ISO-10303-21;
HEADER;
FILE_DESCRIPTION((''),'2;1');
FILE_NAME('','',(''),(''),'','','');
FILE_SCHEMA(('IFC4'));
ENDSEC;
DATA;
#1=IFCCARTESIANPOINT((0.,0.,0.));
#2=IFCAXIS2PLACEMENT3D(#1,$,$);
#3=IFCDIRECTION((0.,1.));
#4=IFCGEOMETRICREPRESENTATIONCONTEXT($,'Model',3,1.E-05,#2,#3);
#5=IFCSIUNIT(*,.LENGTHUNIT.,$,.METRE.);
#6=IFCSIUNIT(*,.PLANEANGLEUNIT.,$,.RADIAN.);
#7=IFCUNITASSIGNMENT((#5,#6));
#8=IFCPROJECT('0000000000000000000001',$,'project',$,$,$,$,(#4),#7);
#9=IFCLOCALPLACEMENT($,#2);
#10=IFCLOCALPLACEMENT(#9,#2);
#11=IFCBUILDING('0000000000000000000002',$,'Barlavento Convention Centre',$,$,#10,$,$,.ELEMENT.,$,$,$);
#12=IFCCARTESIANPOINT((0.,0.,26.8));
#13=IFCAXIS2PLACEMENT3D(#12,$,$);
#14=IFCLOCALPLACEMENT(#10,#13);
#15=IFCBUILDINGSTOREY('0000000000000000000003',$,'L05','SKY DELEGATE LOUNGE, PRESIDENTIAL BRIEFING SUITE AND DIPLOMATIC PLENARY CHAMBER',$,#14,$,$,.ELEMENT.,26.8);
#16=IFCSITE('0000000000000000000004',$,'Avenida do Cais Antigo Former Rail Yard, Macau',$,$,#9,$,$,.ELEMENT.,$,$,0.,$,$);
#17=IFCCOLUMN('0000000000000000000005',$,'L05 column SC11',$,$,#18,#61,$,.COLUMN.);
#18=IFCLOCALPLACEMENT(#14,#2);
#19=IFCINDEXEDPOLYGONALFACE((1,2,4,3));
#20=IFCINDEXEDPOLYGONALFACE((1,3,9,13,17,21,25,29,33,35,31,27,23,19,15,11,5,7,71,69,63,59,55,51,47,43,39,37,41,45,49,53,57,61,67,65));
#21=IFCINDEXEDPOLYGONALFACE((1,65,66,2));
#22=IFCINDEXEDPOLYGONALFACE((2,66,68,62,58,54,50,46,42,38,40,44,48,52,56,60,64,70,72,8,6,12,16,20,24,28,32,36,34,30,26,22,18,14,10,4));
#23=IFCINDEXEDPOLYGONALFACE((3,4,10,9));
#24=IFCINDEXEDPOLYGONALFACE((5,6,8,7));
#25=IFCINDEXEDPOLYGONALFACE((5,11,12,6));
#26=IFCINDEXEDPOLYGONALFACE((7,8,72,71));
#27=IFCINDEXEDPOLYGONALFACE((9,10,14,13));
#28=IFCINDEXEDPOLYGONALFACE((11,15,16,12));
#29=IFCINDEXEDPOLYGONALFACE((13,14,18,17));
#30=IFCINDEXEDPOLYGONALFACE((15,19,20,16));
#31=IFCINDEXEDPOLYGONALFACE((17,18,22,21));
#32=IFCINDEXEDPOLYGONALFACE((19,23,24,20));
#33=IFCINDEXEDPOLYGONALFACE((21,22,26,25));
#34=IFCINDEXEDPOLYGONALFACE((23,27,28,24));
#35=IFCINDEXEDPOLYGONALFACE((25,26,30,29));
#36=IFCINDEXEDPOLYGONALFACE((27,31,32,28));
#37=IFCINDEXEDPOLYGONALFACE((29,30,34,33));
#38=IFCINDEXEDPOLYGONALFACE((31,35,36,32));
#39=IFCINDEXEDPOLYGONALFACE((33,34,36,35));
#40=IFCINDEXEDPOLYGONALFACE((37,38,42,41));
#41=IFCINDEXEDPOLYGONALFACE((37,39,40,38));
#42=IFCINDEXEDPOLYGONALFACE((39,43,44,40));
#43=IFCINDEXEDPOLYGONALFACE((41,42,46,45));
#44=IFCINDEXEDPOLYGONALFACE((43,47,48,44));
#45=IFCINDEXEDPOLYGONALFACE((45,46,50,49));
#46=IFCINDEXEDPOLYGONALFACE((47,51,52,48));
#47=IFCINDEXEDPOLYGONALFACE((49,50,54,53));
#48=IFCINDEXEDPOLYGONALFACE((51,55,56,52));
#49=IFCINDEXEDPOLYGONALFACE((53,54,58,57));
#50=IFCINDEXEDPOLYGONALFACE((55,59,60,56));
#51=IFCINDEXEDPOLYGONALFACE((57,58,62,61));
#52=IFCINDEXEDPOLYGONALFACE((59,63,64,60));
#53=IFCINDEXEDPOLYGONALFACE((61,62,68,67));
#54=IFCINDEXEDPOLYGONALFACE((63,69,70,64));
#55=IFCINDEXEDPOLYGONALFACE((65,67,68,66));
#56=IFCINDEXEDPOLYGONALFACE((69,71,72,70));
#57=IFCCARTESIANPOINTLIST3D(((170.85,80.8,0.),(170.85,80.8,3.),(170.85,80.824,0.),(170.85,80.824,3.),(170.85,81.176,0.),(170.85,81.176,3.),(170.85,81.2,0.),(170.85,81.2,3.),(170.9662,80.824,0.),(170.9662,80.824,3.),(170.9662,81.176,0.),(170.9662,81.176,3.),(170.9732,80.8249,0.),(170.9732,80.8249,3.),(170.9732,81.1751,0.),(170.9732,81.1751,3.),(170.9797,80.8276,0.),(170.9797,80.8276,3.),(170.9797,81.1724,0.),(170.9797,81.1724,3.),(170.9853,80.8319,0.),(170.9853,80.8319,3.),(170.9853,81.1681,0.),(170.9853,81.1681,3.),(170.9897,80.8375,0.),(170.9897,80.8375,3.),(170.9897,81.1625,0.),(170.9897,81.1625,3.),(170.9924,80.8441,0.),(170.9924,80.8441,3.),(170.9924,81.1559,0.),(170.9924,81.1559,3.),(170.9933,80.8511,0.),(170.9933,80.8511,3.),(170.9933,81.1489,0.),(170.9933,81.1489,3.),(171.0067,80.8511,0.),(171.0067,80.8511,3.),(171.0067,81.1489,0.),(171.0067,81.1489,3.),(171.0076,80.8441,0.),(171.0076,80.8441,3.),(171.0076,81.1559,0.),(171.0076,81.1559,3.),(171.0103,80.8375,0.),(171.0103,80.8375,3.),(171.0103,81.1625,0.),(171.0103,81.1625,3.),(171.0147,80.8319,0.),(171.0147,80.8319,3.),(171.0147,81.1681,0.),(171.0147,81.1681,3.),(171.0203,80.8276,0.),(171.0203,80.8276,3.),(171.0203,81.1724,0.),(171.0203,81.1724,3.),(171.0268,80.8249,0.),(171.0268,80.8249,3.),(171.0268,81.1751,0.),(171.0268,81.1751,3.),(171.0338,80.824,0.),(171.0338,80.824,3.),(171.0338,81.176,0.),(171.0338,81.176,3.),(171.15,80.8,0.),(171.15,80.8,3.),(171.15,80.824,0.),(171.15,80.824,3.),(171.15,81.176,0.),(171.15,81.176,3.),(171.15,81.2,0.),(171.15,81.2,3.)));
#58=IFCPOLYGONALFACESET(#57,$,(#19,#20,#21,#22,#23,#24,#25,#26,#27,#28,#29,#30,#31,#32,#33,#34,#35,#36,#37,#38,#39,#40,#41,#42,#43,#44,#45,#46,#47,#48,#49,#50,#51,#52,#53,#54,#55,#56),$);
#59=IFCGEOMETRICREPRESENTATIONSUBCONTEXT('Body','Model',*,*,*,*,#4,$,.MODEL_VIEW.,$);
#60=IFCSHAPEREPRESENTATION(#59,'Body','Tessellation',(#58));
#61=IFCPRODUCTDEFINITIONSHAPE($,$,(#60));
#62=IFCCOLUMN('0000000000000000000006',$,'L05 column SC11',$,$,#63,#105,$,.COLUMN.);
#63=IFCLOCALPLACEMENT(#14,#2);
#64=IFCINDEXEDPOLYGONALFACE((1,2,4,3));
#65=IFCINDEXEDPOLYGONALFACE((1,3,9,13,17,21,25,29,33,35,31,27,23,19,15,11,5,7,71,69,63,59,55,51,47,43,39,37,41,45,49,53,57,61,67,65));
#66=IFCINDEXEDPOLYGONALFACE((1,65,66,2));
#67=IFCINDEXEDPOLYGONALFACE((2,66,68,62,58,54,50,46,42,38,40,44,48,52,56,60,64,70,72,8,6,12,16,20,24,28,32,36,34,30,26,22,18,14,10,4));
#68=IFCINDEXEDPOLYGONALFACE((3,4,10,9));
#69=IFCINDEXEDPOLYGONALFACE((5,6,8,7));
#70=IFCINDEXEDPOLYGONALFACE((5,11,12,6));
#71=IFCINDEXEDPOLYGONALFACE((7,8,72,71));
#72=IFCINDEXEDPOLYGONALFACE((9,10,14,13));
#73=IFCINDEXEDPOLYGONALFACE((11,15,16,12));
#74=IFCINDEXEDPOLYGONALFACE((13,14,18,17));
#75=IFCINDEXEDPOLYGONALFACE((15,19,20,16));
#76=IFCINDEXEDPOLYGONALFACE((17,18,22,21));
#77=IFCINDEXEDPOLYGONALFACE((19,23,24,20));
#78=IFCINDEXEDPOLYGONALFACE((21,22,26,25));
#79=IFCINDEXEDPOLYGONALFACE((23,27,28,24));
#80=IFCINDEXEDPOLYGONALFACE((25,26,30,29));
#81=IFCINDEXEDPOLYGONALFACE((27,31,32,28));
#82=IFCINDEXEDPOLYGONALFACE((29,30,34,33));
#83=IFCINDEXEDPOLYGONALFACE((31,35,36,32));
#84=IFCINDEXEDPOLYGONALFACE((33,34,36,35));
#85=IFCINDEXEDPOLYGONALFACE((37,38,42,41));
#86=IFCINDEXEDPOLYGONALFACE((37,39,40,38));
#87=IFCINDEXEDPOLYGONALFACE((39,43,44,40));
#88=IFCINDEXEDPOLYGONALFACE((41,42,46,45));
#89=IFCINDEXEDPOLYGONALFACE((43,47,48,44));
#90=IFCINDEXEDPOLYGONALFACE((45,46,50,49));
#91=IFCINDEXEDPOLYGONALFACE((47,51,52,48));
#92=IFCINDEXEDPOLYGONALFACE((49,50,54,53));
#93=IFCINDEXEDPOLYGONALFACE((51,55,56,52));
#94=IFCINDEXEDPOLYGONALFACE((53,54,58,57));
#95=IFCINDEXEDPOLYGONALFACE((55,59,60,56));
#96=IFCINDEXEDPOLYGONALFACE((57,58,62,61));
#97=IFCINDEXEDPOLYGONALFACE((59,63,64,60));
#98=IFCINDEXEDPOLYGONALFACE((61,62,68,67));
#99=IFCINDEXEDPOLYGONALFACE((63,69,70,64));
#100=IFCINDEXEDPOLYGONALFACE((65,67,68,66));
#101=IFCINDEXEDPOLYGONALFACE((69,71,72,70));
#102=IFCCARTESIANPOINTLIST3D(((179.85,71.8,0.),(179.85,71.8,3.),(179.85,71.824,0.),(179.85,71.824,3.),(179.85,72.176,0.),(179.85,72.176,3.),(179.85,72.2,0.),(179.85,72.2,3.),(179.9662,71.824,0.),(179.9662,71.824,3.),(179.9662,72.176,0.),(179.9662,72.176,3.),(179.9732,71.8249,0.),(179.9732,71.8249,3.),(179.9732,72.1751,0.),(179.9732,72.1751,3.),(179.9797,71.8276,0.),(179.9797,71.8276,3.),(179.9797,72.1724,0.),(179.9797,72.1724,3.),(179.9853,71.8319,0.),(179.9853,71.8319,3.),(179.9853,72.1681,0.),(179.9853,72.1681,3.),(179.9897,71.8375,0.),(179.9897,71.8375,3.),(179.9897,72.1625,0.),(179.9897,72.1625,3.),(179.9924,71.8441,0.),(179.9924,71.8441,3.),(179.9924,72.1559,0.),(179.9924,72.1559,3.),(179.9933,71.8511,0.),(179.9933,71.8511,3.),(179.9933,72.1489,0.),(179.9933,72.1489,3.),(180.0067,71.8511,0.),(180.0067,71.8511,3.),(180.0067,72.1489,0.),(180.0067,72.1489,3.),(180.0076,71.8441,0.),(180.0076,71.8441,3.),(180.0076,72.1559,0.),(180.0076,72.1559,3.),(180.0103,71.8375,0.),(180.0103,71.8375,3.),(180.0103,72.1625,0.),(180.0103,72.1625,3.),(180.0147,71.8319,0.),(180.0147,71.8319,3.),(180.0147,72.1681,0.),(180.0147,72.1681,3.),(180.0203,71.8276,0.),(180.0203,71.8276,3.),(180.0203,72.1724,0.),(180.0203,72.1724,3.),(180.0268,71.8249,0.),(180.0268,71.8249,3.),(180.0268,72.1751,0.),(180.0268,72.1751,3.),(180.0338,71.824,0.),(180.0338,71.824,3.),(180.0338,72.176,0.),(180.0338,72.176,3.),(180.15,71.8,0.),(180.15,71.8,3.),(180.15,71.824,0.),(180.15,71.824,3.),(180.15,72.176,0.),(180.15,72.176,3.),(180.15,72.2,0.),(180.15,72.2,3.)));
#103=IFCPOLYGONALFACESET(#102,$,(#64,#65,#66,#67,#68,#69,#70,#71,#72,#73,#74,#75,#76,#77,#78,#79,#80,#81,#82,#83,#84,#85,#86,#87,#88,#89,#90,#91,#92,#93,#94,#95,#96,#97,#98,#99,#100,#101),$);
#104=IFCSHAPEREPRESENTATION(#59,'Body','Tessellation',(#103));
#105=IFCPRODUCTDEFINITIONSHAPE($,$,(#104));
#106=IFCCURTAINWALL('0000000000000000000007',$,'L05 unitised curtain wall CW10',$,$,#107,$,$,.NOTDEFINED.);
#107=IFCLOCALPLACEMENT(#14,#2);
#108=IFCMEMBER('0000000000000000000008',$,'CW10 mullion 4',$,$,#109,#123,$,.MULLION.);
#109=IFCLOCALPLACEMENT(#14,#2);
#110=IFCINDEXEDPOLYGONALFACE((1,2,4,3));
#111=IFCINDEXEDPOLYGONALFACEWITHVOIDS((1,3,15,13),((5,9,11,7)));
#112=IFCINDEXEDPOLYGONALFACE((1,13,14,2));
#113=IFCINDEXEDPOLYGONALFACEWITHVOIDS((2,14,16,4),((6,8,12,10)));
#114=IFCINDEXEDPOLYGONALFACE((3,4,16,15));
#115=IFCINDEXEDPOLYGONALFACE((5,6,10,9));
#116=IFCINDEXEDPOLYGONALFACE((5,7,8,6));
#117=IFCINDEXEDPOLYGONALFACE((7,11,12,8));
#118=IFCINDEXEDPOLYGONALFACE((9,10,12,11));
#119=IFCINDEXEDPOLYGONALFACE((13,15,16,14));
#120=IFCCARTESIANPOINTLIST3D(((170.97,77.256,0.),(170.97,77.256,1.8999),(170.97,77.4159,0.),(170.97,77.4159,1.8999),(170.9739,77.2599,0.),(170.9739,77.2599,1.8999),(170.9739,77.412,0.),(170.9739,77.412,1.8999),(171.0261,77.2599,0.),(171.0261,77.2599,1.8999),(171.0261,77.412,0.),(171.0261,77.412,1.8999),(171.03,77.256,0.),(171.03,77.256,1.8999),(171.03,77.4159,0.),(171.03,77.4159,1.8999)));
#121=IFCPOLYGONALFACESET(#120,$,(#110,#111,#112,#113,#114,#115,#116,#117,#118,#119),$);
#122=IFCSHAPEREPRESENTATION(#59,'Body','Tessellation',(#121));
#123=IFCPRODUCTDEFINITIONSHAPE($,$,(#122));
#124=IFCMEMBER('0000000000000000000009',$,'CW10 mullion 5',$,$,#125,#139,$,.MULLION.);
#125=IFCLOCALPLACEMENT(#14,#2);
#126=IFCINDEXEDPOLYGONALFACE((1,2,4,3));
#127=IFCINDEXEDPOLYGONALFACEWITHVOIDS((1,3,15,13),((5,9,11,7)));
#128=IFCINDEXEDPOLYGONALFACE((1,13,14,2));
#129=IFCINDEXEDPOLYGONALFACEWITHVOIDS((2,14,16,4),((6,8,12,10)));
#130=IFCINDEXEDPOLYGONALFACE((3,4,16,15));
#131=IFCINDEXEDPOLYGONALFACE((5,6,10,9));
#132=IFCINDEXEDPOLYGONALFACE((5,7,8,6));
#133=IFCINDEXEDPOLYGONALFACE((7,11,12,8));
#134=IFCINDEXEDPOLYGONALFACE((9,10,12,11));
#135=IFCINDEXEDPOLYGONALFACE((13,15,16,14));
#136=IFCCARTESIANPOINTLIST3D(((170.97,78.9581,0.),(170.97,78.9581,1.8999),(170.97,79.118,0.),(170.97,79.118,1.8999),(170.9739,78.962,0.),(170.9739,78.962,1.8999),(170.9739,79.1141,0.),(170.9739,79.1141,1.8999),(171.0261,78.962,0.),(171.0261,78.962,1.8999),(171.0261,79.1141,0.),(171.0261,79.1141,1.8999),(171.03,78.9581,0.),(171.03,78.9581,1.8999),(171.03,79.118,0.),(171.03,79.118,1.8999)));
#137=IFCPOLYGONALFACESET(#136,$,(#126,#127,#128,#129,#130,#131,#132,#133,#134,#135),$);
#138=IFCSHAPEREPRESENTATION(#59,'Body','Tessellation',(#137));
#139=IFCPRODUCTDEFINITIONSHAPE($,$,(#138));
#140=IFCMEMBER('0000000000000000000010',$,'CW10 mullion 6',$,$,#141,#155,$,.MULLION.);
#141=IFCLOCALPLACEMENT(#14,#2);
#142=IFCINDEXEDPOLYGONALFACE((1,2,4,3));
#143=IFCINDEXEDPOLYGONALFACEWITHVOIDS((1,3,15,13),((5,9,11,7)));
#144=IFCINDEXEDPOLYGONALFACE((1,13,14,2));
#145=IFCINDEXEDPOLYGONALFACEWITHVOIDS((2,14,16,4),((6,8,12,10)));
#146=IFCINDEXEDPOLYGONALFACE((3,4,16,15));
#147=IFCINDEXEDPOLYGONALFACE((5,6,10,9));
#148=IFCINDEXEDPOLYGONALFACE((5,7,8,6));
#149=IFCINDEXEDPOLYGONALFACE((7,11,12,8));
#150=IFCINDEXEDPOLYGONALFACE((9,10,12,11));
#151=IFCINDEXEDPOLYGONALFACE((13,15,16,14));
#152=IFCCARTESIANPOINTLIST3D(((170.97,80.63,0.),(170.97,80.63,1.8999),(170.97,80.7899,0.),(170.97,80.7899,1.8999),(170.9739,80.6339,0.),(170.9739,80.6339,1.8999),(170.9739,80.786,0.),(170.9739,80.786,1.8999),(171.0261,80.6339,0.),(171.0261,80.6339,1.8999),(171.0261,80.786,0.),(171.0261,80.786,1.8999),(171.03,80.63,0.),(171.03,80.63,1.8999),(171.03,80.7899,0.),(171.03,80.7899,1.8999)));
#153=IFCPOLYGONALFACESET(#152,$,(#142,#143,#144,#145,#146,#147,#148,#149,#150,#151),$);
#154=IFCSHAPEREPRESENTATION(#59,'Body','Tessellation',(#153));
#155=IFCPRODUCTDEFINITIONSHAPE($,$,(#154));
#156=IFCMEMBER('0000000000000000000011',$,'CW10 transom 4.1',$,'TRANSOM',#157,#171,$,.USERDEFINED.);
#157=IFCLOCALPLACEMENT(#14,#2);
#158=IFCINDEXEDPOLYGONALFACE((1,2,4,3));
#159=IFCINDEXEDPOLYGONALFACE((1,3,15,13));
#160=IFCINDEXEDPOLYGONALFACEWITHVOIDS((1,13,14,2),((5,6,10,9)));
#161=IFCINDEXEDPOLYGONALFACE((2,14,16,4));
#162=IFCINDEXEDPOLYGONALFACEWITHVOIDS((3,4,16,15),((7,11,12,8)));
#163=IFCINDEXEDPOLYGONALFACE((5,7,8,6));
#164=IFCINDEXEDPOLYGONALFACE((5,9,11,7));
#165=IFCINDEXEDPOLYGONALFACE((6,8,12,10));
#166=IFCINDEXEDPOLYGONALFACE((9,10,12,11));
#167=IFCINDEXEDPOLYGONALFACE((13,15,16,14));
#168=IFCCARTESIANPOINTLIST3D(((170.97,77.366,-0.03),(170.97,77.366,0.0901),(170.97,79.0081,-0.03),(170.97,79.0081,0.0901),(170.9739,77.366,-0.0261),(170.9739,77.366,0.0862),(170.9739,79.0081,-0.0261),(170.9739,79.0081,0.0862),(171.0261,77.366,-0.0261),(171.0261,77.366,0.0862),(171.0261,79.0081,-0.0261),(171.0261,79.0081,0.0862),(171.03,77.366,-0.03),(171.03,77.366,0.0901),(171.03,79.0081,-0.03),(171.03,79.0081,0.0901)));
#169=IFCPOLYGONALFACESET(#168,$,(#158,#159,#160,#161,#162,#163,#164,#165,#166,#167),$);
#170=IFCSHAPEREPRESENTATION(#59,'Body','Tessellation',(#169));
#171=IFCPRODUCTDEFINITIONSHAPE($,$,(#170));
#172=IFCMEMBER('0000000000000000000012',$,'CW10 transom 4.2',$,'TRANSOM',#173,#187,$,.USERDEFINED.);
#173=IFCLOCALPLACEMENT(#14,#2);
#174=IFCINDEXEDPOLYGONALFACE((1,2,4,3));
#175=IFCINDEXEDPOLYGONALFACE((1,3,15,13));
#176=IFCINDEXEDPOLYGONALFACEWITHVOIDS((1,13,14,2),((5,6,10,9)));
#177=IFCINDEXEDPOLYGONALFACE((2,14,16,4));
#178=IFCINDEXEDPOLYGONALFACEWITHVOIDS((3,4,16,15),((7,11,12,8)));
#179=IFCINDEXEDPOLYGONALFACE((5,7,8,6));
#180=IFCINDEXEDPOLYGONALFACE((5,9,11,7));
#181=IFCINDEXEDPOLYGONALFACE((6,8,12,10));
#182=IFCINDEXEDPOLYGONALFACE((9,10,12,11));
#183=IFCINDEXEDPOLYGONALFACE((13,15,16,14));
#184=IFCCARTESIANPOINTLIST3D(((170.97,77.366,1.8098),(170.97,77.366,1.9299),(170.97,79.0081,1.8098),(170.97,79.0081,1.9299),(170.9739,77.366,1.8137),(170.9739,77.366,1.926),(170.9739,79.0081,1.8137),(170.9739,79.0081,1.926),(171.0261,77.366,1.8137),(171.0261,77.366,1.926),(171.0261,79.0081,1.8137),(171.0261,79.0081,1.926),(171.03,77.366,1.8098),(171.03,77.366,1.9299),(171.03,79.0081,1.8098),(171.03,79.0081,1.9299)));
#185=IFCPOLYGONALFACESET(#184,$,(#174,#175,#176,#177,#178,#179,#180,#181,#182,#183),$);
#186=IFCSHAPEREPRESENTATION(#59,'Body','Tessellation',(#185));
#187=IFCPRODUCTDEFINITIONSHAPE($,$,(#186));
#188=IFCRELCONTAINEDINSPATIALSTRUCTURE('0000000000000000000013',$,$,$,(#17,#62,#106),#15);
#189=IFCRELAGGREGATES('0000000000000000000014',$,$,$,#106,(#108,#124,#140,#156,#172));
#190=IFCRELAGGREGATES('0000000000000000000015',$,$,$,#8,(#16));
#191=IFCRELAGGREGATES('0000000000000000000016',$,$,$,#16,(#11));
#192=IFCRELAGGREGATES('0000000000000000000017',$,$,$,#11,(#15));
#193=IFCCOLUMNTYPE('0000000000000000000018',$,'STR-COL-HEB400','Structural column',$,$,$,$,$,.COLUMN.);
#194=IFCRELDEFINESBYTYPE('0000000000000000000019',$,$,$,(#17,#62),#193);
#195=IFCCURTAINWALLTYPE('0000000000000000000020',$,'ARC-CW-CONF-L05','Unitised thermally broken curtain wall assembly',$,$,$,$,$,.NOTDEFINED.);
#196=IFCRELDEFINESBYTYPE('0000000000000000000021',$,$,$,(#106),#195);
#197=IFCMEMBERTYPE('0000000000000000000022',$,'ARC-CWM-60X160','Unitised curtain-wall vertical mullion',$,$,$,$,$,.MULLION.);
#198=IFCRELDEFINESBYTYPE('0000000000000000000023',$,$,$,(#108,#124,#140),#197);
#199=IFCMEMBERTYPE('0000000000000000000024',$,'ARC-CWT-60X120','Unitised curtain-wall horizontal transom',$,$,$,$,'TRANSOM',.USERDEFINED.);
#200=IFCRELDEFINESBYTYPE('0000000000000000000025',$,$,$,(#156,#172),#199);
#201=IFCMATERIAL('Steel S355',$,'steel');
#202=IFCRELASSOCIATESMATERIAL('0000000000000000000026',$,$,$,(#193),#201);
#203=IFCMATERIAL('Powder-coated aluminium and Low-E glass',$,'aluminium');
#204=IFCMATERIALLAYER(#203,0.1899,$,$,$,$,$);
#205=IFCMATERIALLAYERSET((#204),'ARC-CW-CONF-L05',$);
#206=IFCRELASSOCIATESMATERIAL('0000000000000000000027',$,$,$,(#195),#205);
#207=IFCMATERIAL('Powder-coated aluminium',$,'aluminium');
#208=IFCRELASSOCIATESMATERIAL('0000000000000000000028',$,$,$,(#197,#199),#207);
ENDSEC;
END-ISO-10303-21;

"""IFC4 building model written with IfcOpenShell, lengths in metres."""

from ifc_helpers import new_model, si_unit, direction, frame, origin, origin_2d, place, context, subcontext, project, spatial, hollow_rectangle, i_section, extrude, material, layer, layer_set, material_profile, profile_set, type_object, element, aggregate, save


model = new_model("IFC4")

# Units and contexts
model_context = context("Model", 3, precision=1e-05, world=origin(), true_north=direction((0.0, 1.0)))
body_context = subcontext(model_context, "Body", "Model", "MODEL_VIEW")
ifc_project = project(units=[si_unit("LENGTHUNIT", "METRE"), si_unit("PLANEANGLEUNIT", "RADIAN")], contexts=[model_context])

# Site, building, storey
site_placement = place(None, origin())
site = spatial("IfcSite", under=ifc_project, at=site_placement, Name="Avenida do Cais Antigo Former Rail Yard, Macau", CompositionType="ELEMENT", RefElevation=0.0)
building_placement = place(site_placement, origin())
building = spatial("IfcBuilding", under=site, at=building_placement, Name="Barlavento Convention Centre", CompositionType="ELEMENT")
storey_placement = place(building_placement, frame((0.0, 0.0, 26.8)))
storey = spatial("IfcBuildingStorey", under=building, at=storey_placement, Name="L05", Description="SKY DELEGATE LOUNGE, PRESIDENTIAL BRIEFING SUITE AND DIPLOMATIC PLENARY CHAMBER", CompositionType="ELEMENT", Elevation=26.8)

# Columns
ifc_material_1 = material(Name="Steel S355", Category="steel")
ifc_material_profile_1 = material_profile(ifc_material_1, i_section(OverallWidth=0.3, OverallDepth=0.3999, WebThickness=0.0134, FlangeThickness=0.0239, FilletRadius=0.0271, at=origin_2d()), Name="HEB 400")
ifc_profile_set_1 = profile_set([ifc_material_profile_1], Name="Steel S355")
column_type = type_object("IfcColumnType", Name="STR-COL-HEB400", Description="Structural column", PredefinedType="COLUMN", material=ifc_profile_set_1)
for number, where, z_axis, x_axis, name in (
    (1, (171.0, 81.0, 0.0), (0.0, 0.0, 1.0), (1.0, 0.0, 0.0), "L05 column SC11"),
    (2, (180.0, 72.0, 0.0), (0.0, 0.0, 1.0), (1.0, 0.0, 0.0), "L05 column SC11"),
):
    element("IfcColumn", number, at=place(storey_placement, frame(where, z_axis=z_axis, x_axis=x_axis)), inside=storey, type_object=column_type, Name=name, PredefinedType="COLUMN", context=body_context, shape_type="SweptSolid", body=[
        extrude(i_section(OverallWidth=0.3, OverallDepth=0.3999, WebThickness=0.0134, FlangeThickness=0.0239, FilletRadius=0.0271, at=origin_2d()), origin(), (0.0, 0.0, 1.0), 3.0),
    ])

# Curtain wall, members
ifc_material_2 = material(Name="Powder-coated aluminium and Low-E glass", Category="aluminium")
ifc_layer_1 = layer(ifc_material_2, 0.1899)
ifc_layer_set_1 = layer_set([ifc_layer_1], Name="ARC-CW-CONF-L05")
curtain_wall_type = type_object("IfcCurtainWallType", Name="ARC-CW-CONF-L05", Description="Unitised thermally broken curtain wall assembly", PredefinedType="NOTDEFINED", material=ifc_layer_set_1)
curtain_wall_placement = place(storey_placement, origin())
curtain_wall = element("IfcCurtainWall", 3, at=curtain_wall_placement, inside=storey, type_object=curtain_wall_type, Name="L05 unitised curtain wall CW10", PredefinedType="NOTDEFINED")
ifc_material_3 = material(Name="Powder-coated aluminium", Category="aluminium")
ifc_material_profile_2 = material_profile(ifc_material_3, hollow_rectangle(XDim=0.0601, YDim=0.1599, WallThickness=0.0039, at=origin_2d()), Name="AL-MULL 60x160x4")
ifc_profile_set_2 = profile_set([ifc_material_profile_2], Name="Powder-coated aluminium")
member_type_1 = type_object("IfcMemberType", Name="ARC-CWM-60X160", Description="Unitised curtain-wall vertical mullion", PredefinedType="MULLION", material=ifc_profile_set_2)
member_1_placement = place(storey_placement, frame((171.0, 77.3359, 0.0), z_axis=(0.0, 0.0, 1.0), x_axis=(-1.0, 0.0, 0.0)))
member_1 = element("IfcMember", 4, at=member_1_placement, type_object=member_type_1, Name="CW10 mullion 4", PredefinedType="MULLION", context=body_context, shape_type="SweptSolid", body=[
    extrude(hollow_rectangle(XDim=0.0601, YDim=0.1599, WallThickness=0.0039, at=origin_2d()), origin(), (0.0, 0.0, 1.0), 1.8999),
])
member_2_placement = place(storey_placement, frame((171.0, 79.0381, 0.0), z_axis=(0.0, 0.0, 1.0), x_axis=(-1.0, 0.0, 0.0)))
member_2 = element("IfcMember", 5, at=member_2_placement, type_object=member_type_1, Name="CW10 mullion 5", PredefinedType="MULLION", context=body_context, shape_type="SweptSolid", body=[
    extrude(hollow_rectangle(XDim=0.0601, YDim=0.1599, WallThickness=0.0039, at=origin_2d()), origin(), (0.0, 0.0, 1.0), 1.8999),
])
member_3_placement = place(storey_placement, frame((171.0, 80.71, 0.0), z_axis=(0.0, 0.0, 1.0), x_axis=(-1.0, 0.0, 0.0)))
member_3 = element("IfcMember", 6, at=member_3_placement, type_object=member_type_1, Name="CW10 mullion 6", PredefinedType="MULLION", context=body_context, shape_type="SweptSolid", body=[
    extrude(hollow_rectangle(XDim=0.0601, YDim=0.1599, WallThickness=0.0039, at=origin_2d()), origin(), (0.0, 0.0, 1.0), 1.8999),
])
ifc_material_profile_3 = material_profile(ifc_material_3, hollow_rectangle(XDim=0.0601, YDim=0.1201, WallThickness=0.0039, at=origin_2d()), Name="AL-TRAN 60x120x4")
ifc_profile_set_3 = profile_set([ifc_material_profile_3], Name="Powder-coated aluminium")
member_type_2 = type_object("IfcMemberType", Name="ARC-CWT-60X120", Description="Unitised curtain-wall horizontal transom", ElementType="TRANSOM", PredefinedType="USERDEFINED", material=ifc_profile_set_3)
member_4_placement = place(storey_placement, frame((171.0, 77.366, 0.03), z_axis=(0.0, 1.0, 0.0), x_axis=(-1.0, 0.0, 0.0)))
member_4 = element("IfcMember", 7, at=member_4_placement, type_object=member_type_2, Name="CW10 transom 4.1", ObjectType="TRANSOM", PredefinedType="USERDEFINED", context=body_context, shape_type="SweptSolid", body=[
    extrude(hollow_rectangle(XDim=0.0601, YDim=0.1201, WallThickness=0.0039, at=origin_2d()), origin(), (0.0, 0.0, 1.0), 1.6421),
])
member_5_placement = place(storey_placement, frame((171.0, 77.366, 1.8699), z_axis=(0.0, 1.0, 0.0), x_axis=(-1.0, 0.0, 0.0)))
member_5 = element("IfcMember", 8, at=member_5_placement, type_object=member_type_2, Name="CW10 transom 4.2", ObjectType="TRANSOM", PredefinedType="USERDEFINED", context=body_context, shape_type="SweptSolid", body=[
    extrude(hollow_rectangle(XDim=0.0601, YDim=0.1201, WallThickness=0.0039, at=origin_2d()), origin(), (0.0, 0.0, 1.0), 1.6421),
])

aggregate(curtain_wall, [member_1, member_2, member_3, member_4, member_5])

save(model, "model.ifc")
